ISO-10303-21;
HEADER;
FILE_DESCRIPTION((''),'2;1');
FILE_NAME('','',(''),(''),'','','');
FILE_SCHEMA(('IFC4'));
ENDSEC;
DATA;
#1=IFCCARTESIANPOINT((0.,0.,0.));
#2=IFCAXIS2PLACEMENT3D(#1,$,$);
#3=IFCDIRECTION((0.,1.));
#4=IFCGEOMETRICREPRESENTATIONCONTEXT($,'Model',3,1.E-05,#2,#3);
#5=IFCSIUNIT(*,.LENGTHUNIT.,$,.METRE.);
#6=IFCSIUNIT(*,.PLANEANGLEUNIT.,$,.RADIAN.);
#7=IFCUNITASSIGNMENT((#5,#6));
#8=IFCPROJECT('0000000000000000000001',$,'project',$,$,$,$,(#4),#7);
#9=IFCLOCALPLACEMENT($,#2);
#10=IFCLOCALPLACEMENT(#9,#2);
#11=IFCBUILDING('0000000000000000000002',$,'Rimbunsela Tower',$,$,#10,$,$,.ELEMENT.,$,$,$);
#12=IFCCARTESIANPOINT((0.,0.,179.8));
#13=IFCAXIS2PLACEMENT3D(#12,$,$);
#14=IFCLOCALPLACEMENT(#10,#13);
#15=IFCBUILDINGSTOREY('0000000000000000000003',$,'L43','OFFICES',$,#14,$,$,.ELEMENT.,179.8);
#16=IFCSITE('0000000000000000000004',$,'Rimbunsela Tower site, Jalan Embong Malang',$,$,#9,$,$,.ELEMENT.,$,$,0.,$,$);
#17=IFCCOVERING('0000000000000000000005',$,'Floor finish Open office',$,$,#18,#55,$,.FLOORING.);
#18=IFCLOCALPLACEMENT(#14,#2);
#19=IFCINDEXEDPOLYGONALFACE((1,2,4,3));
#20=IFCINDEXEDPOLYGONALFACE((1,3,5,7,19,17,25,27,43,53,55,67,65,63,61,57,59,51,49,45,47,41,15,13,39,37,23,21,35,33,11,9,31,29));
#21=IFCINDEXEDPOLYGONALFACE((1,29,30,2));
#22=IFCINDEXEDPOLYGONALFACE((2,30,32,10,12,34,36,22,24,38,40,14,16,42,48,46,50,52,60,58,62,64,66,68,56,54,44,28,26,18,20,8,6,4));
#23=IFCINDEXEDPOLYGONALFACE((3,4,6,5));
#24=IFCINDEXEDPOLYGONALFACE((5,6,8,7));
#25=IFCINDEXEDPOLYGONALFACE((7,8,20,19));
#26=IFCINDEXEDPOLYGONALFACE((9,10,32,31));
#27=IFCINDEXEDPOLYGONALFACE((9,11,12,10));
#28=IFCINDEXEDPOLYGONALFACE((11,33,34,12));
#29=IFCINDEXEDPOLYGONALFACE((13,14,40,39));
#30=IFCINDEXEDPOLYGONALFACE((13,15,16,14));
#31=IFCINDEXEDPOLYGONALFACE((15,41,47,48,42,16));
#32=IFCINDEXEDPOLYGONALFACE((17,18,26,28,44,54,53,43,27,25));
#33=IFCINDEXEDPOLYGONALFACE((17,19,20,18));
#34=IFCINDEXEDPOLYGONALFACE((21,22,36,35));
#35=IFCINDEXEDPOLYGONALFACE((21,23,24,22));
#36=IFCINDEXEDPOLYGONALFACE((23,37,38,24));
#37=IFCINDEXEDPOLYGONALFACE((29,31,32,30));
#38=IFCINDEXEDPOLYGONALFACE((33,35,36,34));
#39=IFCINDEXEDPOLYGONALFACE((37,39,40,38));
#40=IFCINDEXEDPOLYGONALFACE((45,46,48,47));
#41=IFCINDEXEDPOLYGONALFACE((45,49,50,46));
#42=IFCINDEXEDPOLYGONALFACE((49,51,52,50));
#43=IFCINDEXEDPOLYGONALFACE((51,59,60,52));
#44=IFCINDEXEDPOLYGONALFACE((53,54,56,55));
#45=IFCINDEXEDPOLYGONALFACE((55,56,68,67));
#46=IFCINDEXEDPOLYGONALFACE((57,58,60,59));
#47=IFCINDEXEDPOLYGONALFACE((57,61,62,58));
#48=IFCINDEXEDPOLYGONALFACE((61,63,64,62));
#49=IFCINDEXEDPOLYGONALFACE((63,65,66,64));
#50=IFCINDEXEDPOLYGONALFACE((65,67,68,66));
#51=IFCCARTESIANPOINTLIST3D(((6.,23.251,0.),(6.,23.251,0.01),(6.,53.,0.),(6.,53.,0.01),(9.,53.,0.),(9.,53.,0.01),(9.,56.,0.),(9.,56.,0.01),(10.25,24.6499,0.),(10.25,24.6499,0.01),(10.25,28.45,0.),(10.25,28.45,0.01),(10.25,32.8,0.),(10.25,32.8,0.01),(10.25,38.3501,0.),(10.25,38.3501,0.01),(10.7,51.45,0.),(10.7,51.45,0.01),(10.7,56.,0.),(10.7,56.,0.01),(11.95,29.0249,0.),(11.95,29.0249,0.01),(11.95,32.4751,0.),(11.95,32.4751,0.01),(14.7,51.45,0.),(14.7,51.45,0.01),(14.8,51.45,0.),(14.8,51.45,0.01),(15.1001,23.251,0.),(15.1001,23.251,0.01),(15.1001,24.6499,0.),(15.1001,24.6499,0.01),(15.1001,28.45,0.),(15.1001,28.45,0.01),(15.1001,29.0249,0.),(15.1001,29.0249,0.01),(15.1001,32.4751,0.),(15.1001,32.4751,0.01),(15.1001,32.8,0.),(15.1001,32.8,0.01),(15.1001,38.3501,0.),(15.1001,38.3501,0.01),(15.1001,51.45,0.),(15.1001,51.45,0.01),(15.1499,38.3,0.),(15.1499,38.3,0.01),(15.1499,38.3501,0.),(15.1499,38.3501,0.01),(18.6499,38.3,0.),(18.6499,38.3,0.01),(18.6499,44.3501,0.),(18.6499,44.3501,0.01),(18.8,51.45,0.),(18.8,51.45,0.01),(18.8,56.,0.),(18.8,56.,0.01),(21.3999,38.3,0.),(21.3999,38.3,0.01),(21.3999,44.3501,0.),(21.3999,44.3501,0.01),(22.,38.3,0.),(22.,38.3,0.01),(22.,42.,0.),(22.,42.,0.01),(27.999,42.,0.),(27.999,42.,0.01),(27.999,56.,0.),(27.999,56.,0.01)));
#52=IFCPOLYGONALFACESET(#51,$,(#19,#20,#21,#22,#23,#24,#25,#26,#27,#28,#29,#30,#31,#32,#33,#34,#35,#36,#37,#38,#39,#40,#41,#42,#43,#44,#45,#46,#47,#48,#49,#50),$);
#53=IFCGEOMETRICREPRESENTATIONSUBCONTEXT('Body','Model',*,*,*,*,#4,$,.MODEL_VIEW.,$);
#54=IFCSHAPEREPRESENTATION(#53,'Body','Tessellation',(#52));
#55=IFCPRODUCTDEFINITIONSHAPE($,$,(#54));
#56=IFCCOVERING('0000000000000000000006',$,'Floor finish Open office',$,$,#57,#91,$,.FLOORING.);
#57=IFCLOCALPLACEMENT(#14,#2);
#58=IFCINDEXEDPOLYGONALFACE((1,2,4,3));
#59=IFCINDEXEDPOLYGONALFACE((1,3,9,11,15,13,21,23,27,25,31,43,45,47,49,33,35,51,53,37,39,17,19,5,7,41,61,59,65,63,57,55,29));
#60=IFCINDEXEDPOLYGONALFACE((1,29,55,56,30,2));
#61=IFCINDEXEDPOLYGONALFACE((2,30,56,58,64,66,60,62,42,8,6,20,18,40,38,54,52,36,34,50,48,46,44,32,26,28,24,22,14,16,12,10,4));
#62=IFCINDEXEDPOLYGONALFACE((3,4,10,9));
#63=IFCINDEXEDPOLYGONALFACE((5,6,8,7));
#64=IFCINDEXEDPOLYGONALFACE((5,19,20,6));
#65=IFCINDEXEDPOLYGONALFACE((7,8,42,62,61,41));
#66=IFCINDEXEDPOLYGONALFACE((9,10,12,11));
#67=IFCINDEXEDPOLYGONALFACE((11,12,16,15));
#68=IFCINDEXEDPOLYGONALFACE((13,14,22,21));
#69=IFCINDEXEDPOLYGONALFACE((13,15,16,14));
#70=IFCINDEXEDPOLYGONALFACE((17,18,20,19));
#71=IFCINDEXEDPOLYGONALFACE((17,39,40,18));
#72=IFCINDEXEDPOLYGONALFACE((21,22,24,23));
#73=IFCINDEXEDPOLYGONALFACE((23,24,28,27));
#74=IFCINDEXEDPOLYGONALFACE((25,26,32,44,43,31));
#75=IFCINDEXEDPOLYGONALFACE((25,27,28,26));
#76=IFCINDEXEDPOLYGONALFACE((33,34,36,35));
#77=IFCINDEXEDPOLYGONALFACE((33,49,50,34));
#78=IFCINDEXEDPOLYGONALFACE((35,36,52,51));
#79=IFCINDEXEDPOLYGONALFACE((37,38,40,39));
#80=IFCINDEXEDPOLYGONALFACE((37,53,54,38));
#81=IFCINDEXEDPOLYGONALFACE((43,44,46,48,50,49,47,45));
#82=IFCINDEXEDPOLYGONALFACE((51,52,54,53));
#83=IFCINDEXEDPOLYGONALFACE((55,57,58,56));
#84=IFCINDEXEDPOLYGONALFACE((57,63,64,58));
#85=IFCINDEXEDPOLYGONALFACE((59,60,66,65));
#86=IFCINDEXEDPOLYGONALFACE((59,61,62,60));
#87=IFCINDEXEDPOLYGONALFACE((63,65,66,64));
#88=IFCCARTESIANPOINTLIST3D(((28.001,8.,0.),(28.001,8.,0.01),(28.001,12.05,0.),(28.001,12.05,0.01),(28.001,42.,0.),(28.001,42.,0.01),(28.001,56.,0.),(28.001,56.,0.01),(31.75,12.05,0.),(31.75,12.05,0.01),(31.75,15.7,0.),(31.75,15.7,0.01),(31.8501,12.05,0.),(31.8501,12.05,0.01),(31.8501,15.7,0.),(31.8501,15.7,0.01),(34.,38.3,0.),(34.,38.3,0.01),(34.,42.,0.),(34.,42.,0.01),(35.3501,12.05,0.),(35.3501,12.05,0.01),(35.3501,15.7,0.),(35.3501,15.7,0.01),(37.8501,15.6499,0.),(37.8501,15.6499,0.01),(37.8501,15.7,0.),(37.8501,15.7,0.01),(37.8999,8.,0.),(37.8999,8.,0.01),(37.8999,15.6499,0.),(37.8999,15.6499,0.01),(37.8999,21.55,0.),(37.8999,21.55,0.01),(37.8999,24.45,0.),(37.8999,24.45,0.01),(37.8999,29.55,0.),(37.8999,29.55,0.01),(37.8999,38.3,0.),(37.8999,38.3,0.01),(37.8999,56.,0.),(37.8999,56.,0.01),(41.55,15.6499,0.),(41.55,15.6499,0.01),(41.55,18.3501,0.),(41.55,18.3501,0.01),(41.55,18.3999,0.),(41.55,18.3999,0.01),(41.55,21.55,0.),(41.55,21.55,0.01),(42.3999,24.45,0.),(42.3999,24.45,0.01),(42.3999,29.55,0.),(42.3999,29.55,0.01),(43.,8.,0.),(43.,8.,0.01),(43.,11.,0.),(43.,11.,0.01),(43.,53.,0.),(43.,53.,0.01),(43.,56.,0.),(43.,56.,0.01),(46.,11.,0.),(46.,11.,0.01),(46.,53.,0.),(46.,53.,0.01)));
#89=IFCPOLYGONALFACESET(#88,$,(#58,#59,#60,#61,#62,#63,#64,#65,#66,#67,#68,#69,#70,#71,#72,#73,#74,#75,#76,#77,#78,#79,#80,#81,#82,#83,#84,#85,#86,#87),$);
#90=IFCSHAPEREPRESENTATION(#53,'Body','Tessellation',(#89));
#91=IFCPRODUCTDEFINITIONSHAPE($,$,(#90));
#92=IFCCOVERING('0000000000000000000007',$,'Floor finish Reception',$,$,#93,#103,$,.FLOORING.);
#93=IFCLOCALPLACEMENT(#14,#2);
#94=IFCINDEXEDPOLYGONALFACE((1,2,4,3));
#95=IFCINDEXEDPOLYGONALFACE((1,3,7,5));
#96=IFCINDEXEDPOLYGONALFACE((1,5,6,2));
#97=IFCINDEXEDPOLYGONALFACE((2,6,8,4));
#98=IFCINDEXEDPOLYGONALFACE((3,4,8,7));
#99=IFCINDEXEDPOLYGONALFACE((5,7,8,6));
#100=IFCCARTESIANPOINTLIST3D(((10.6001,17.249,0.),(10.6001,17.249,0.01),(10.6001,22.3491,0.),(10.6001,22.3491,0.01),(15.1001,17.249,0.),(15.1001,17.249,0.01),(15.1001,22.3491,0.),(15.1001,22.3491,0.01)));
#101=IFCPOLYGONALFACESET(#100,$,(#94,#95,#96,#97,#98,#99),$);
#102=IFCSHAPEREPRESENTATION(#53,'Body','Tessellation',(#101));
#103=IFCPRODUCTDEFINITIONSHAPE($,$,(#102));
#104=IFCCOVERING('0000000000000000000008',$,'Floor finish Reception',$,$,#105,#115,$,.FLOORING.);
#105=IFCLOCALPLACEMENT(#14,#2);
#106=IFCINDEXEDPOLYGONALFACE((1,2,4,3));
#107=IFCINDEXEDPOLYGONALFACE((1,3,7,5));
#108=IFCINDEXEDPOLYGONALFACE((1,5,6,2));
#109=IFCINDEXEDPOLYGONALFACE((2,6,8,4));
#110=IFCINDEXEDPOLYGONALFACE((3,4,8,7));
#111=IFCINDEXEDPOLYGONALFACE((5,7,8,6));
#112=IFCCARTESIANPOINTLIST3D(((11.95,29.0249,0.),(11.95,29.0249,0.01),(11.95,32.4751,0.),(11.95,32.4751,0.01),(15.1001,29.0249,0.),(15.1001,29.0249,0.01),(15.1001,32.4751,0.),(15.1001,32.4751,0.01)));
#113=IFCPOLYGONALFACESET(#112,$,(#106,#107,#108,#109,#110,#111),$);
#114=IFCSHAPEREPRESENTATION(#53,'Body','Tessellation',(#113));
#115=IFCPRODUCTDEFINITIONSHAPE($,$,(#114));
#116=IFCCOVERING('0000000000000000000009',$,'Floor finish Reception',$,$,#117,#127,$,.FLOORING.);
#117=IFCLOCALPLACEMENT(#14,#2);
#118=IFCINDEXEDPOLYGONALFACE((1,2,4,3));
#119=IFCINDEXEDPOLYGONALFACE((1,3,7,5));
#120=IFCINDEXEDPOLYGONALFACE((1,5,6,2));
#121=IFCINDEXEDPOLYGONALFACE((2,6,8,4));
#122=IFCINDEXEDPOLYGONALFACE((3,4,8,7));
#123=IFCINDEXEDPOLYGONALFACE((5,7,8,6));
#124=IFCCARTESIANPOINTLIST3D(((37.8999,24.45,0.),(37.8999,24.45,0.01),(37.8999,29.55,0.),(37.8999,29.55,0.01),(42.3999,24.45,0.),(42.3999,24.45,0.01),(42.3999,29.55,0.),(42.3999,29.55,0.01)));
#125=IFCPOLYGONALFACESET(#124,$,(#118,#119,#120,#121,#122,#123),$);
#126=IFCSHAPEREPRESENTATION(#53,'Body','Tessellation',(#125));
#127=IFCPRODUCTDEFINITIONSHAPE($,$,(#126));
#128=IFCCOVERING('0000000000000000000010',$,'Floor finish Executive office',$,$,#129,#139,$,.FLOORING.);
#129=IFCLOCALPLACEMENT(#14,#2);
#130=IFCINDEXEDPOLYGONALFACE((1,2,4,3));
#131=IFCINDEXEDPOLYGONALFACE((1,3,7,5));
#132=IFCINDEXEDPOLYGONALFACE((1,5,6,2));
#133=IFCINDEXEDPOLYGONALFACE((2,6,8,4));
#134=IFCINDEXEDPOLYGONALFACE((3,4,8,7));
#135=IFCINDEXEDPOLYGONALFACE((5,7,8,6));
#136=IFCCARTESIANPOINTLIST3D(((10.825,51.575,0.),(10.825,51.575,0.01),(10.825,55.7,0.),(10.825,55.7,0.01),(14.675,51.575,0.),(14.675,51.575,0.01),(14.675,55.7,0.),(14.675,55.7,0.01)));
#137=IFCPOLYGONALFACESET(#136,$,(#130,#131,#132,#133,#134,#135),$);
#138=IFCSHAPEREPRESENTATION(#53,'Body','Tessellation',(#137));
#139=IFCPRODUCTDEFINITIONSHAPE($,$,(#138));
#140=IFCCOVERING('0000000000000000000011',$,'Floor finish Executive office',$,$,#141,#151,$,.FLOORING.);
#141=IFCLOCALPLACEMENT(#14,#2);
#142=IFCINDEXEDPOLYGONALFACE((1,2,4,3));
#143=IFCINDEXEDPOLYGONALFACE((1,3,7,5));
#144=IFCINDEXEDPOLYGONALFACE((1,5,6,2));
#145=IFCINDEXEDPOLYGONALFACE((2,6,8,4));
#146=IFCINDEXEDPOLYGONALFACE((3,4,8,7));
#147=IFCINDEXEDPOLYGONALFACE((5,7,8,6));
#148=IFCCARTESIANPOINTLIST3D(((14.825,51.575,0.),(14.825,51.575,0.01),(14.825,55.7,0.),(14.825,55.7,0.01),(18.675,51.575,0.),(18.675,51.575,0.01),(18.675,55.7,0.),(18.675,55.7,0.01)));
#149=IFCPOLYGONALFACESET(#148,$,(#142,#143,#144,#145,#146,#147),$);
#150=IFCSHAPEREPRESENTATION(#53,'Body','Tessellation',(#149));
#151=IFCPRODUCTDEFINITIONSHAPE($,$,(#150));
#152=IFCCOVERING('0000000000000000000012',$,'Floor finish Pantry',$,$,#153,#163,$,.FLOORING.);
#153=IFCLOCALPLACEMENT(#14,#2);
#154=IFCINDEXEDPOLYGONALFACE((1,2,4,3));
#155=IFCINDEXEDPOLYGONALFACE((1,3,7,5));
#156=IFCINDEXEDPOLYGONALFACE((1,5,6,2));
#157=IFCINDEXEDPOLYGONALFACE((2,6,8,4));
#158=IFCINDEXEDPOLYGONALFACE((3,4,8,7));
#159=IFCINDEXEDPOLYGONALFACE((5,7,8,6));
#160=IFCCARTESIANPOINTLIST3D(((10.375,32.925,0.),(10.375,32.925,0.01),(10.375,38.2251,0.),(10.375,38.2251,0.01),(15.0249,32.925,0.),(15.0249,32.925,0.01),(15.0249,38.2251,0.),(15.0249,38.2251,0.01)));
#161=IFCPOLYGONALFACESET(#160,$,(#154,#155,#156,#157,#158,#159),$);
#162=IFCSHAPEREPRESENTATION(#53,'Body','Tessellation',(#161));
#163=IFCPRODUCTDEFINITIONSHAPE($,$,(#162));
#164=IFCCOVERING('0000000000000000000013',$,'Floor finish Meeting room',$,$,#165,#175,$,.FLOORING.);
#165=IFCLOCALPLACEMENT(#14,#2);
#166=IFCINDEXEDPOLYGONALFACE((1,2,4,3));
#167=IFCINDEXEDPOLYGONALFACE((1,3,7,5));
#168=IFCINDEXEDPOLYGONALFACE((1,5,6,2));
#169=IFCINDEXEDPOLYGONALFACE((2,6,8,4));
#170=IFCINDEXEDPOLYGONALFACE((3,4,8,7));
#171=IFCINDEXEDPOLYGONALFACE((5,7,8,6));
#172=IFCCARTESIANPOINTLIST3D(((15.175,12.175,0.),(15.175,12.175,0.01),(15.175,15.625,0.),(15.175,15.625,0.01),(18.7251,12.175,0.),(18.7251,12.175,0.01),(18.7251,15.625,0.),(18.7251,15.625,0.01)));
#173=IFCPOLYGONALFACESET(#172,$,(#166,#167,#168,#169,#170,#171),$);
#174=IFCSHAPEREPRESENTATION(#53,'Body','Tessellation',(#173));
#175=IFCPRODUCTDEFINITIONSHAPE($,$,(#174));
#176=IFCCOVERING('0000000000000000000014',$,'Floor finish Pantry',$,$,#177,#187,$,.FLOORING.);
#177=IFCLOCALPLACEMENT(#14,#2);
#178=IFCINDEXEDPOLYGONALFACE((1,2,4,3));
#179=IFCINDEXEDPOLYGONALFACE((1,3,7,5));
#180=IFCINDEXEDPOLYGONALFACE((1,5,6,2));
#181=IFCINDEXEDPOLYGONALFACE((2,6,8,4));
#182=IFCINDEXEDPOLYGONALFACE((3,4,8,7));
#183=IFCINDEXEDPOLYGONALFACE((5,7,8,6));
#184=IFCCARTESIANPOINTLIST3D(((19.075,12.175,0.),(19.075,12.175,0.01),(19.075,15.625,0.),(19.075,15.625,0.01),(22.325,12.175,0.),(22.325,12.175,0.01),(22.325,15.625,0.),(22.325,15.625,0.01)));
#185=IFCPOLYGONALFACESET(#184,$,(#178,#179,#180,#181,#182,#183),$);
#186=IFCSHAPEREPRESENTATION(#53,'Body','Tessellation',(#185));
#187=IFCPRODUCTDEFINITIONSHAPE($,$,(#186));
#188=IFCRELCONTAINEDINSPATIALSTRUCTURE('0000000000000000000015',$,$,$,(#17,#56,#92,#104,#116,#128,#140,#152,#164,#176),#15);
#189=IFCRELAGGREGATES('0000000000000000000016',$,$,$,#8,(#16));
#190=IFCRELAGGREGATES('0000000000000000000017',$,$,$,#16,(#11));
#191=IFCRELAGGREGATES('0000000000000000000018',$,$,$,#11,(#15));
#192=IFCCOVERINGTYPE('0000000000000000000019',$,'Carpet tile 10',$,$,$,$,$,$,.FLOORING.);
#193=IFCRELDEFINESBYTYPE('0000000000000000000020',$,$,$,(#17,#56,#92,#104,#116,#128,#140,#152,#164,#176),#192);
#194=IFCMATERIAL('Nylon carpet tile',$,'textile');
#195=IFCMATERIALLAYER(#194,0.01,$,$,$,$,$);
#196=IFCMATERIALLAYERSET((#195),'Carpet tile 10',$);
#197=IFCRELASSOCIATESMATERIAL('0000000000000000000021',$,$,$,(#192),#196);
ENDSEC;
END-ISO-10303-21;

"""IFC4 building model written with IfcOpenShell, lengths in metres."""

from ifc_helpers import new_model, si_unit, direction, frame, origin, place, context, subcontext, project, spatial, polyline, outline, extrude, material, layer, layer_set, type_object, element, save


model = new_model("IFC4")

# Units and contexts
model_context = context("Model", 3, precision=1e-05, world=origin(), true_north=direction((0.0, 1.0)))
body_context = subcontext(model_context, "Body", "Model", "MODEL_VIEW")
ifc_project = project(units=[si_unit("LENGTHUNIT", "METRE"), si_unit("PLANEANGLEUNIT", "RADIAN")], contexts=[model_context])

# Site, building, storey
site_placement = place(None, origin())
site = spatial("IfcSite", under=ifc_project, at=site_placement, Name="Rimbunsela Tower site, Jalan Embong Malang", CompositionType="ELEMENT", RefElevation=0.0)
building_placement = place(site_placement, origin())
building = spatial("IfcBuilding", under=site, at=building_placement, Name="Rimbunsela Tower", CompositionType="ELEMENT")
storey_placement = place(building_placement, frame((0.0, 0.0, 179.8)))
storey = spatial("IfcBuildingStorey", under=building, at=storey_placement, Name="L43", Description="OFFICES", CompositionType="ELEMENT", Elevation=179.8)

# Coverings
ifc_material_1 = material(Name="Nylon carpet tile", Category="textile")
ifc_layer_1 = layer(ifc_material_1, 0.01)
ifc_layer_set_1 = layer_set([ifc_layer_1], Name="Carpet tile 10")
covering_type_1 = type_object("IfcCoveringType", Name="Carpet tile 10", PredefinedType="FLOORING", material=ifc_layer_set_1)
covering_1_placement = place(storey_placement, origin())
element("IfcCovering", 1, at=covering_1_placement, inside=storey, type_object=covering_type_1, Name="Floor finish Open office", PredefinedType="FLOORING", context=body_context, shape_type="SweptSolid", body=[
    extrude(outline(polyline([(14.7, 51.45), (14.8, 51.45), (15.1001, 51.45), (18.8, 51.45), (18.8, 56.0), (27.999, 56.0), (27.999, 42.0), (22.0, 42.0), (22.0, 38.3), (21.3999, 38.3), (21.3999, 44.3501), (18.6499, 44.3501), (18.6499, 38.3), (15.1499, 38.3), (15.1499, 38.3501), (15.1001, 38.3501), (10.25, 38.3501), (10.25, 32.8), (15.1001, 32.8), (15.1001, 32.4751), (11.95, 32.4751), (11.95, 29.0249), (15.1001, 29.0249), (15.1001, 28.45), (10.25, 28.45), (10.25, 24.6499), (15.1001, 24.6499), (15.1001, 23.251), (6.0, 23.251), (6.0, 53.0), (9.0, 53.0), (9.0, 56.0), (10.7, 56.0), (10.7, 51.45), (14.7, 51.45)])), origin(), (0.0, 0.0, 1.0), 0.01),
])
covering_2_placement = place(storey_placement, origin())
element("IfcCovering", 2, at=covering_2_placement, inside=storey, type_object=covering_type_1, Name="Floor finish Open office", PredefinedType="FLOORING", context=body_context, shape_type="SweptSolid", body=[
    extrude(outline(polyline([(28.001, 12.05), (31.75, 12.05), (31.75, 15.7), (31.8501, 15.7), (31.8501, 12.05), (35.3501, 12.05), (35.3501, 15.7), (37.8501, 15.7), (37.8501, 15.6499), (37.8999, 15.6499), (41.55, 15.6499), (41.55, 18.3501), (41.55, 18.3999), (41.55, 21.55), (37.8999, 21.55), (37.8999, 24.45), (42.3999, 24.45), (42.3999, 29.55), (37.8999, 29.55), (37.8999, 38.3), (34.0, 38.3), (34.0, 42.0), (28.001, 42.0), (28.001, 56.0), (37.8999, 56.0), (43.0, 56.0), (43.0, 53.0), (46.0, 53.0), (46.0, 11.0), (43.0, 11.0), (43.0, 8.0), (37.8999, 8.0), (28.001, 8.0), (28.001, 12.05)])), origin(), (0.0, 0.0, 1.0), 0.01),
])
covering_3_placement = place(storey_placement, origin())
element("IfcCovering", 3, at=covering_3_placement, inside=storey, type_object=covering_type_1, Name="Floor finish Reception", PredefinedType="FLOORING", context=body_context, shape_type="SweptSolid", body=[
    extrude(outline(polyline([(15.1001, 17.249), (15.1001, 22.3491), (10.6001, 22.3491), (10.6001, 17.249), (15.1001, 17.249)])), origin(), (0.0, 0.0, 1.0), 0.01),
])
covering_4_placement = place(storey_placement, origin())
element("IfcCovering", 4, at=covering_4_placement, inside=storey, type_object=covering_type_1, Name="Floor finish Reception", PredefinedType="FLOORING", context=body_context, shape_type="SweptSolid", body=[
    extrude(outline(polyline([(15.1001, 29.0249), (15.1001, 32.4751), (11.95, 32.4751), (11.95, 29.0249), (15.1001, 29.0249)])), origin(), (0.0, 0.0, 1.0), 0.01),
])
covering_5_placement = place(storey_placement, origin())
element("IfcCovering", 5, at=covering_5_placement, inside=storey, type_object=covering_type_1, Name="Floor finish Reception", PredefinedType="FLOORING", context=body_context, shape_type="SweptSolid", body=[
    extrude(outline(polyline([(42.3999, 24.45), (42.3999, 29.55), (37.8999, 29.55), (37.8999, 24.45), (42.3999, 24.45)])), origin(), (0.0, 0.0, 1.0), 0.01),
])
covering_6_placement = place(storey_placement, origin())
element("IfcCovering", 6, at=covering_6_placement, inside=storey, type_object=covering_type_1, Name="Floor finish Executive office", PredefinedType="FLOORING", context=body_context, shape_type="SweptSolid", body=[
    extrude(outline(polyline([(14.675, 51.575), (14.675, 55.7), (10.825, 55.7), (10.825, 51.575), (14.675, 51.575)])), origin(), (0.0, 0.0, 1.0), 0.01),
])
covering_7_placement = place(storey_placement, origin())
element("IfcCovering", 7, at=covering_7_placement, inside=storey, type_object=covering_type_1, Name="Floor finish Executive office", PredefinedType="FLOORING", context=body_context, shape_type="SweptSolid", body=[
    extrude(outline(polyline([(18.675, 51.575), (18.675, 55.7), (14.825, 55.7), (14.825, 51.575), (18.675, 51.575)])), origin(), (0.0, 0.0, 1.0), 0.01),
])
covering_8_placement = place(storey_placement, origin())
element("IfcCovering", 8, at=covering_8_placement, inside=storey, type_object=covering_type_1, Name="Floor finish Pantry", PredefinedType="FLOORING", context=body_context, shape_type="SweptSolid", body=[
    extrude(outline(polyline([(15.0249, 32.925), (15.0249, 38.2251), (10.375, 38.2251), (10.375, 32.925), (15.0249, 32.925)])), origin(), (0.0, 0.0, 1.0), 0.01),
])
covering_9_placement = place(storey_placement, origin())
element("IfcCovering", 9, at=covering_9_placement, inside=storey, type_object=covering_type_1, Name="Floor finish Meeting room", PredefinedType="FLOORING", context=body_context, shape_type="SweptSolid", body=[
    extrude(outline(polyline([(18.7251, 12.175), (18.7251, 15.625), (15.175, 15.625), (15.175, 12.175), (18.7251, 12.175)])), origin(), (0.0, 0.0, 1.0), 0.01),
])
covering_10_placement = place(storey_placement, origin())
element("IfcCovering", 10, at=covering_10_placement, inside=storey, type_object=covering_type_1, Name="Floor finish Pantry", PredefinedType="FLOORING", context=body_context, shape_type="SweptSolid", body=[
    extrude(outline(polyline([(22.325, 12.175), (22.325, 15.625), (19.075, 15.625), (19.075, 12.175), (22.325, 12.175)])), origin(), (0.0, 0.0, 1.0), 0.01),
])

save(model, "model.ifc")
